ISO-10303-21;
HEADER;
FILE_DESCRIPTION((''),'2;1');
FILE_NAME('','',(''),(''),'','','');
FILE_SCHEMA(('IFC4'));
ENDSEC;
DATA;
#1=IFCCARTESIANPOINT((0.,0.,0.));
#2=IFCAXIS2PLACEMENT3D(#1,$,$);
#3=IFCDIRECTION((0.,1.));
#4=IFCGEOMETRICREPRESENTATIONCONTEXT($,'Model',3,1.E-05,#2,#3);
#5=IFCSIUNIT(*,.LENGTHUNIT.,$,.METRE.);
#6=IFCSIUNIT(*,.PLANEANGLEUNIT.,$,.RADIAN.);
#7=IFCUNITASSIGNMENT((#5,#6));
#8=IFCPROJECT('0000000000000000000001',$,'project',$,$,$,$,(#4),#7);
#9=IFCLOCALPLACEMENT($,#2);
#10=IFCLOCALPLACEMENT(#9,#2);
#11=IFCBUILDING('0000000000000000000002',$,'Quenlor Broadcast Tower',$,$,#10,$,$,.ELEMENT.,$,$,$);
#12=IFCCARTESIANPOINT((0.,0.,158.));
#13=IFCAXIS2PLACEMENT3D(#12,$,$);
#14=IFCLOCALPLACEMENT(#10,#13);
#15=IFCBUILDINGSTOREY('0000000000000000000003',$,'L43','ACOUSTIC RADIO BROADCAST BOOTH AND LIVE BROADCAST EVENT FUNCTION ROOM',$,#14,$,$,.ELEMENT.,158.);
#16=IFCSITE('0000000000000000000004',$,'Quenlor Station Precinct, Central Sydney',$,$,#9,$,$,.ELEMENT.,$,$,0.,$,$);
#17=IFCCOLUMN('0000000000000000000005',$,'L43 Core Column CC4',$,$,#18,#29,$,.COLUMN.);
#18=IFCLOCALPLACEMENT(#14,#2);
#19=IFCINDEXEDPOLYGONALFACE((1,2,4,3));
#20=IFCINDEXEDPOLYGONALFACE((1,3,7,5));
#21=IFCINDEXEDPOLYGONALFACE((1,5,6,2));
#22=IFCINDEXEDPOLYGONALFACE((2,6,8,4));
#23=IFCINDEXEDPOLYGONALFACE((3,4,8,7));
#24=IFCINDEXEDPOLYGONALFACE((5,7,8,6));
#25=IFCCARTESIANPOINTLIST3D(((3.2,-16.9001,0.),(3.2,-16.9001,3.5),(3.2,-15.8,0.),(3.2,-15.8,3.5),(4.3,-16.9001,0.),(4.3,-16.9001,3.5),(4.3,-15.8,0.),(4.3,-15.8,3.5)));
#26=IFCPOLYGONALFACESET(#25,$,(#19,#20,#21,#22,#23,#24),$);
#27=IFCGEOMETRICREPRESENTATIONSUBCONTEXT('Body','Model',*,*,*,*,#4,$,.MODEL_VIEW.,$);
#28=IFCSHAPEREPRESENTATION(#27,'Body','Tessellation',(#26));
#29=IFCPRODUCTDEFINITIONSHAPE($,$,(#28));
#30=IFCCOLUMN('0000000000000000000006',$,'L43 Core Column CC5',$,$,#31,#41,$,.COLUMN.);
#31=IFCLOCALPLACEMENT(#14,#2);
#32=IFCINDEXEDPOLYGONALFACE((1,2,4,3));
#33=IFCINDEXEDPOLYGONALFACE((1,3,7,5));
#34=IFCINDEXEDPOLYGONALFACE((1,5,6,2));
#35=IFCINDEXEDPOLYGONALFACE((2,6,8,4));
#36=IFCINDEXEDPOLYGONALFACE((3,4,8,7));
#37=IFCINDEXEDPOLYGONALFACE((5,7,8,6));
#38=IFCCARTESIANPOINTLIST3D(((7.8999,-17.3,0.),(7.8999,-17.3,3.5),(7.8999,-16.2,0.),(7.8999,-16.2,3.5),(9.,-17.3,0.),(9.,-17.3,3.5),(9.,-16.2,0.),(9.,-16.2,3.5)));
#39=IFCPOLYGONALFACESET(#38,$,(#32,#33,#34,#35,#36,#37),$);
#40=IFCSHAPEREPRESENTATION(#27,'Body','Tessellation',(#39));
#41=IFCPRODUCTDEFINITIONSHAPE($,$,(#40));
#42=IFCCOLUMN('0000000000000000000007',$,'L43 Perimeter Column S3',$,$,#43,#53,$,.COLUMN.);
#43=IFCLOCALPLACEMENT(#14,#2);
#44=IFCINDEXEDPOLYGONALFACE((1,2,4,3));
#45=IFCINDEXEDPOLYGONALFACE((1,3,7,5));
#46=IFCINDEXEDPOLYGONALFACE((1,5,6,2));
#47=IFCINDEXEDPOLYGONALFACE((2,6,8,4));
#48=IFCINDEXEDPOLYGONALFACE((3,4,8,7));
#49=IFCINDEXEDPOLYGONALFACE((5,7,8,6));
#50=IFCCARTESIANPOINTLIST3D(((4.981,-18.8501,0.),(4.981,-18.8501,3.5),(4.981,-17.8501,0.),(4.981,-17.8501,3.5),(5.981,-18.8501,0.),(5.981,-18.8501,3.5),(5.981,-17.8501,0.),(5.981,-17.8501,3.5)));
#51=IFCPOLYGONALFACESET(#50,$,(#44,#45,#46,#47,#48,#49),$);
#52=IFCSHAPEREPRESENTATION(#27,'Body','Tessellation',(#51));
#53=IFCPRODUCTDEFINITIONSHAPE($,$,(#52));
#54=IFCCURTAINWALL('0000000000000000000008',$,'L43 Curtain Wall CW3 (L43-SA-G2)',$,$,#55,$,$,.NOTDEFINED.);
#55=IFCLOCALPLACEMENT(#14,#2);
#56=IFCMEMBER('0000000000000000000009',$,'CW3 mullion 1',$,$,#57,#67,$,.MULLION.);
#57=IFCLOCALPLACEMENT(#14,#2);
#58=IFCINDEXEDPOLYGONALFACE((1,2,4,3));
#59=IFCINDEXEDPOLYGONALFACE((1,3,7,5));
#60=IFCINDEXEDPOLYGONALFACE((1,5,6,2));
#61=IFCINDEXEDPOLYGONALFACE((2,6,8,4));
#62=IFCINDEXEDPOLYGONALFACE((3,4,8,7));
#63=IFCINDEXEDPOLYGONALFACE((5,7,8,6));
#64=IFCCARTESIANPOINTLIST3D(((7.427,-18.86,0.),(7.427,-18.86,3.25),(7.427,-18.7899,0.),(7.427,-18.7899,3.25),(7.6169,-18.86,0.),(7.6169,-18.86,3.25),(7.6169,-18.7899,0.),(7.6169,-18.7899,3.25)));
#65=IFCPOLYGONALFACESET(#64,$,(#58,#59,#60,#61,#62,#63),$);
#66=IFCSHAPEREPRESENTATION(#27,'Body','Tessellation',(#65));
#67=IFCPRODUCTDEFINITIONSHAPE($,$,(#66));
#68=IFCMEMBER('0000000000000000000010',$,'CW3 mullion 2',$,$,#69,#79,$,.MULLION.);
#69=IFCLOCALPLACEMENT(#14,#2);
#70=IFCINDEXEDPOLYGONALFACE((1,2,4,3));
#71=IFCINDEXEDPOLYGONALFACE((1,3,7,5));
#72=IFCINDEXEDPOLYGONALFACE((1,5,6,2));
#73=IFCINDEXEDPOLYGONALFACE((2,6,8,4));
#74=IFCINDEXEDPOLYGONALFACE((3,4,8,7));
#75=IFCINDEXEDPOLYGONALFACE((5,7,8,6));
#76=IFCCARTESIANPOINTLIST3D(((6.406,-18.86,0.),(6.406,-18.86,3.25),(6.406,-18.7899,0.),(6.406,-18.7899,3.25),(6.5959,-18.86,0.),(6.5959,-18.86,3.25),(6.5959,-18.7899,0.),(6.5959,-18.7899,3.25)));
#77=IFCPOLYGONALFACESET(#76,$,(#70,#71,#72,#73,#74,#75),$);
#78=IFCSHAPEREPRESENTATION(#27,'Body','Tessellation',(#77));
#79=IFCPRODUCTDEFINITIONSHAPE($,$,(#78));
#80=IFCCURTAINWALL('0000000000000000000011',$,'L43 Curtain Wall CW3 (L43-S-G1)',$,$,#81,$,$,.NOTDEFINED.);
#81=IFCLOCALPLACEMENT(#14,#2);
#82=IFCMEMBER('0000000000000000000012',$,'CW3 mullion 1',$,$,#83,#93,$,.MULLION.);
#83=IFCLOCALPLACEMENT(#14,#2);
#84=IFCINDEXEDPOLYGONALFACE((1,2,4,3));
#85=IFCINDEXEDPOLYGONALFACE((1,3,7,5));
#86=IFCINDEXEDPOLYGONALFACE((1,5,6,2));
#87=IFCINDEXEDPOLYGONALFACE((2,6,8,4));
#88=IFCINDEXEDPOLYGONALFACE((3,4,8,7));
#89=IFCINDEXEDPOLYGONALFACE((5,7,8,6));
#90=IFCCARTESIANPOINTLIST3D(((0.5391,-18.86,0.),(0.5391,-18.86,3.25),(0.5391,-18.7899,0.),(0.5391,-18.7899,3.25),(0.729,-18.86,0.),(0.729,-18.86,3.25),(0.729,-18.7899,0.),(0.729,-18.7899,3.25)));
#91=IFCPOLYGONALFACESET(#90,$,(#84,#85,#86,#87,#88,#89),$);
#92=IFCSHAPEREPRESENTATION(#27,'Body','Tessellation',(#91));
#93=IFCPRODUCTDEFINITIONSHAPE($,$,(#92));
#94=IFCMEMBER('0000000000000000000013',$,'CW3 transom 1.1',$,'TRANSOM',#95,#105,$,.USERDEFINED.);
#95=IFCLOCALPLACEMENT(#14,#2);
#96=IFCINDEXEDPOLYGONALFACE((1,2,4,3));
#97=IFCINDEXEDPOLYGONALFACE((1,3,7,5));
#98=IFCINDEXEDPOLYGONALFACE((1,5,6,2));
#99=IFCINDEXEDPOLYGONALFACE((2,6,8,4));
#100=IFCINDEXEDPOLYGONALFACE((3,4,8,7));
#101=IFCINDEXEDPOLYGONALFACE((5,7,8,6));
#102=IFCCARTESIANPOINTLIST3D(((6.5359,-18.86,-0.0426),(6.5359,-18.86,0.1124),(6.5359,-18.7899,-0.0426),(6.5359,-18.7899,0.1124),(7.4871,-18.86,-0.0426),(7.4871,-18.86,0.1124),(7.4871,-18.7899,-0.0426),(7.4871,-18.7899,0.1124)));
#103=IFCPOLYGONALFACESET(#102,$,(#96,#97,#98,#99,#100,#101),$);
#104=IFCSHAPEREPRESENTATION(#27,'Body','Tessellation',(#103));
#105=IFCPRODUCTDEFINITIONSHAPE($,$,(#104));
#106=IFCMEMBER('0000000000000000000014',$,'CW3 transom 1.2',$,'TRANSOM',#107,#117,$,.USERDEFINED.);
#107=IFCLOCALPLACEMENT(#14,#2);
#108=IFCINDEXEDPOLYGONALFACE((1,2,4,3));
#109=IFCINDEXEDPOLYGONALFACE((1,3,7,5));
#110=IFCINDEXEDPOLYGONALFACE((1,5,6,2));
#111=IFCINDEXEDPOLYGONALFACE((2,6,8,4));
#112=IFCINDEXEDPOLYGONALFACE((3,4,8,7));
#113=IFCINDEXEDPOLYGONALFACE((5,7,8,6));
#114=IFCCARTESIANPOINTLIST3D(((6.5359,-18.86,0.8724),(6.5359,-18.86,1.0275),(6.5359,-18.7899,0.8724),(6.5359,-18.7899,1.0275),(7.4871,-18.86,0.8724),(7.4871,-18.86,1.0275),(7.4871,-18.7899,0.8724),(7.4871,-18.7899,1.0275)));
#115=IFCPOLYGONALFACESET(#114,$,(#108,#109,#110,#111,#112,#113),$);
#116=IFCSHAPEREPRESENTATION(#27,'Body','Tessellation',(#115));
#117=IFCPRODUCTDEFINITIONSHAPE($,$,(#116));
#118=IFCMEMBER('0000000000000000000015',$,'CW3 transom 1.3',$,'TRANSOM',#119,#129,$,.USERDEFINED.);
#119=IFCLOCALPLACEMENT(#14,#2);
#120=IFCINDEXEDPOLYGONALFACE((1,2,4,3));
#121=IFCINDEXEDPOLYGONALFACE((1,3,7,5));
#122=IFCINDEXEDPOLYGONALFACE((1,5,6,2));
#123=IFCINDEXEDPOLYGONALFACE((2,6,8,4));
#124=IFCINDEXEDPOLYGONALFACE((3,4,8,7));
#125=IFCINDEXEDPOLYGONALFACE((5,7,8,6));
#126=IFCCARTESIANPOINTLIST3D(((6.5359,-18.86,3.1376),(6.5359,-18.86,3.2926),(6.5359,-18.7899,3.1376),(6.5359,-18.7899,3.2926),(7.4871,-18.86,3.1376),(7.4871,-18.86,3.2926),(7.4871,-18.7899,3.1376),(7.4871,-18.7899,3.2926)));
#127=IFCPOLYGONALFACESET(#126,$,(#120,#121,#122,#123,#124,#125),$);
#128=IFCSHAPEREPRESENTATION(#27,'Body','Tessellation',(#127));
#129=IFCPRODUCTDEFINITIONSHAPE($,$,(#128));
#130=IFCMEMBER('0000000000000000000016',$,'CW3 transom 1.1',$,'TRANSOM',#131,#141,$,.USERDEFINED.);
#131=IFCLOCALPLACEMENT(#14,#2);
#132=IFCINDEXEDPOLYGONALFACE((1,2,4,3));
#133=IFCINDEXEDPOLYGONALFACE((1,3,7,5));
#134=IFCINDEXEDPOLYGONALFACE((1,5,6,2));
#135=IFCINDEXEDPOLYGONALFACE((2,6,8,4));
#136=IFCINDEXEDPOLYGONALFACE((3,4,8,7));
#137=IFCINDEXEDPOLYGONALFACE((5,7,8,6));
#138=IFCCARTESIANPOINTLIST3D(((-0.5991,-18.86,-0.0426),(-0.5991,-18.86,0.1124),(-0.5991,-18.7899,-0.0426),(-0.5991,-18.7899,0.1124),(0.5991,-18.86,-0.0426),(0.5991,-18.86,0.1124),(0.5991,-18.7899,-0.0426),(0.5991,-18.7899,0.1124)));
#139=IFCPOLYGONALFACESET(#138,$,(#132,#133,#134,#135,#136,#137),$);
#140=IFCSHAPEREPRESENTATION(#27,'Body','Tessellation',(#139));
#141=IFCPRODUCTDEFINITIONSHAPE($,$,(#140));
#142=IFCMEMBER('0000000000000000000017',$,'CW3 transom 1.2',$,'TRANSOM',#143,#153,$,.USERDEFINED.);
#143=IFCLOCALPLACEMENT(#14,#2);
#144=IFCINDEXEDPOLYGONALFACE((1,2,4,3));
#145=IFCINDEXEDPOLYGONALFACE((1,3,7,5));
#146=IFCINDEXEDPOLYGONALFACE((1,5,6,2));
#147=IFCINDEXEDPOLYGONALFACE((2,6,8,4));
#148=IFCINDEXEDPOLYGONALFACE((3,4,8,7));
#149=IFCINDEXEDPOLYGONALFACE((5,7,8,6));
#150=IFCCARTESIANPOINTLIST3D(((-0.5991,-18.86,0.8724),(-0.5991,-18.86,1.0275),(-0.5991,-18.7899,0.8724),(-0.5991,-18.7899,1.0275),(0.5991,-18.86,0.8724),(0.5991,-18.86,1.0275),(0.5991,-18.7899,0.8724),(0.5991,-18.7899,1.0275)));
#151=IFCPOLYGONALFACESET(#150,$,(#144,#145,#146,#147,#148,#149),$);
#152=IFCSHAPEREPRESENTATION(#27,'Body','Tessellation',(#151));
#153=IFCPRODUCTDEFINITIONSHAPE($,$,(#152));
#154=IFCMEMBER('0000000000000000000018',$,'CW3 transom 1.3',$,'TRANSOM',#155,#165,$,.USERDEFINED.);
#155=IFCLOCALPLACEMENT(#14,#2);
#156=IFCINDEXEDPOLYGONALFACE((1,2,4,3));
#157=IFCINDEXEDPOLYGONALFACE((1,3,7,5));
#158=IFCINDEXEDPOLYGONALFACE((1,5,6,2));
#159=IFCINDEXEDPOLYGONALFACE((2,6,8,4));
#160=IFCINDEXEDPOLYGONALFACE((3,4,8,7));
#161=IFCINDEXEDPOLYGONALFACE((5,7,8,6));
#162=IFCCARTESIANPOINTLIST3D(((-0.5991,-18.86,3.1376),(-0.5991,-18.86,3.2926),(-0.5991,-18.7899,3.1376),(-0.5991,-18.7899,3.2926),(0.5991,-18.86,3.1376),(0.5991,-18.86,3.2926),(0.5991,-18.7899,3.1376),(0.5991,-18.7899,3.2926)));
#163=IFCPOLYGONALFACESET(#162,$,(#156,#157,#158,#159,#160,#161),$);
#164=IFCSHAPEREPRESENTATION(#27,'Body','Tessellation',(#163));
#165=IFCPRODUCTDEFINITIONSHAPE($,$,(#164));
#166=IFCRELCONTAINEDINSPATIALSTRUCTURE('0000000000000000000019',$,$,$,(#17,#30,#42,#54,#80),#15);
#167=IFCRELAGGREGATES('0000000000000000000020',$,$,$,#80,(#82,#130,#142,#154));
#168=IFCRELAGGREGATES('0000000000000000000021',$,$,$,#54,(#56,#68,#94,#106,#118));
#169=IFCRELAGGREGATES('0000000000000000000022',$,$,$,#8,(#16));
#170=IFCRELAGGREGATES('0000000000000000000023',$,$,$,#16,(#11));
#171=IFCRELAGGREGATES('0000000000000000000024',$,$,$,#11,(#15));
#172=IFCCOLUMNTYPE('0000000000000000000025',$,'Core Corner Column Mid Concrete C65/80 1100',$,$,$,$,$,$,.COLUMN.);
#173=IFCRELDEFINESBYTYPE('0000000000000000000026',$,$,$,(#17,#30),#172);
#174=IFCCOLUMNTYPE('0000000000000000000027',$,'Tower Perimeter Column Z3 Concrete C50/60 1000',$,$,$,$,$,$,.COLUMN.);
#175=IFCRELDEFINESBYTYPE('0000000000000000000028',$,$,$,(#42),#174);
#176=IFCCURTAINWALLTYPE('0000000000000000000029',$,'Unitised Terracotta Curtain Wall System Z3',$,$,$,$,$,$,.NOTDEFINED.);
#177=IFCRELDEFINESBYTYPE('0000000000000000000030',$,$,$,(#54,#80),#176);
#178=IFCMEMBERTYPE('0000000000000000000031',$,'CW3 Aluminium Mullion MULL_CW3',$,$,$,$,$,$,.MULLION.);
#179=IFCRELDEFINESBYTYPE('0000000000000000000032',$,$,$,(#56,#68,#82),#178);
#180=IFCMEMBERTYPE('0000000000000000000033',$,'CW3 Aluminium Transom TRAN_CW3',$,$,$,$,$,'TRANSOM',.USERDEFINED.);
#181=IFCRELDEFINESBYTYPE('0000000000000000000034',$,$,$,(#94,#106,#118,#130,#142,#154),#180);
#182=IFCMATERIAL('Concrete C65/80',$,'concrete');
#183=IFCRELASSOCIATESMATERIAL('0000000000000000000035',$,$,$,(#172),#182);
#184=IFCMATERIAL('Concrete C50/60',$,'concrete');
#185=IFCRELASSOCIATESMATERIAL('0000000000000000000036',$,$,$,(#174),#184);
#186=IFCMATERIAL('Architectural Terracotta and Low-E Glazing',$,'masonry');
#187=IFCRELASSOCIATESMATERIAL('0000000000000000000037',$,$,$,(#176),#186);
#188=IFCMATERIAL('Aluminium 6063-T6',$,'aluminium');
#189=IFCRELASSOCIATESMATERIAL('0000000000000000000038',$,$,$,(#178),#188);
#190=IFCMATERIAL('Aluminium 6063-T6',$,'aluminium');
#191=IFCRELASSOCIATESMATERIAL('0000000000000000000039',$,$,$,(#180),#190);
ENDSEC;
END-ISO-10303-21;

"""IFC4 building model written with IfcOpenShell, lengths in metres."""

from ifc_helpers import new_model, si_unit, direction, frame, origin, origin_2d, place, context, subcontext, project, spatial, rectangle, extrude, material, material_profile, profile_set, type_object, element, aggregate, save


model = new_model("IFC4")

# Units and contexts
model_context = context("Model", 3, precision=1e-05, world=origin(), true_north=direction((0.0, 1.0)))
body_context = subcontext(model_context, "Body", "Model", "MODEL_VIEW")
ifc_project = project(units=[si_unit("LENGTHUNIT", "METRE"), si_unit("PLANEANGLEUNIT", "RADIAN")], contexts=[model_context])

# Site, building, storey
site_placement = place(None, origin())
site = spatial("IfcSite", under=ifc_project, at=site_placement, Name="Quenlor Station Precinct, Central Sydney", CompositionType="ELEMENT", RefElevation=0.0)
building_placement = place(site_placement, origin())
building = spatial("IfcBuilding", under=site, at=building_placement, Name="Quenlor Broadcast Tower", CompositionType="ELEMENT")
storey_placement = place(building_placement, frame((0.0, 0.0, 158.0)))
storey = spatial("IfcBuildingStorey", under=building, at=storey_placement, Name="L43", Description="ACOUSTIC RADIO BROADCAST BOOTH AND LIVE BROADCAST EVENT FUNCTION ROOM", CompositionType="ELEMENT", Elevation=158.0)

# Columns
ifc_material_1 = material(Name="Concrete C65/80", Category="concrete")
ifc_material_profile_1 = material_profile(ifc_material_1, rectangle(XDim=1.1001, YDim=1.1001, at=origin_2d()))
ifc_profile_set_1 = profile_set([ifc_material_profile_1], Name="Concrete C65/80 RC1100x1100")
column_type_1 = type_object("IfcColumnType", Name="Core Corner Column Mid Concrete C65/80 1100", PredefinedType="COLUMN", material=ifc_profile_set_1)
for number, where, z_axis, x_axis, name in (
    (1, (3.75, -16.3501, 0.0), (0.0, 0.0, 1.0), (1.0, 0.0, 0.0), "L43 Core Column CC4"),
    (2, (8.45, -16.75, 0.0), (0.0, 0.0, 1.0), (1.0, 0.0, 0.0), "L43 Core Column CC5"),
):
    element("IfcColumn", number, at=place(storey_placement, frame(where, z_axis=z_axis, x_axis=x_axis)), inside=storey, type_object=column_type_1, Name=name, PredefinedType="COLUMN", context=body_context, shape_type="SweptSolid", body=[
        extrude(rectangle(XDim=1.1001, YDim=1.1001, at=origin_2d()), origin(), (0.0, 0.0, 1.0), 3.5),
    ])
ifc_material_2 = material(Name="Concrete C50/60", Category="concrete")
ifc_material_profile_2 = material_profile(ifc_material_2, rectangle(XDim=1.0, YDim=1.0, at=origin_2d()))
ifc_profile_set_2 = profile_set([ifc_material_profile_2], Name="Concrete C50/60 RC1000x1000")
column_type_2 = type_object("IfcColumnType", Name="Tower Perimeter Column Z3 Concrete C50/60 1000", PredefinedType="COLUMN", material=ifc_profile_set_2)
column_placement = place(storey_placement, frame((5.481, -18.3501, 0.0), z_axis=(0.0, 0.0, 1.0), x_axis=(0.0, 1.0, 0.0)))
element("IfcColumn", 3, at=column_placement, inside=storey, type_object=column_type_2, Name="L43 Perimeter Column S3", PredefinedType="COLUMN", context=body_context, shape_type="SweptSolid", body=[
    extrude(rectangle(XDim=1.0, YDim=1.0, at=origin_2d()), origin(), (0.0, 0.0, 1.0), 3.5),
])

# Curtain wall, members
ifc_material_3 = material(Name="Architectural Terracotta and Low-E Glazing", Category="masonry")
curtain_wall_type = type_object("IfcCurtainWallType", Name="Unitised Terracotta Curtain Wall System Z3", PredefinedType="NOTDEFINED", material=ifc_material_3)
curtain_wall_1_placement = place(storey_placement, origin())
curtain_wall_1 = element("IfcCurtainWall", 4, at=curtain_wall_1_placement, inside=storey, type_object=curtain_wall_type, Name="L43 Curtain Wall CW3 (L43-SA-G2)", PredefinedType="NOTDEFINED")
ifc_material_4 = material(Name="Aluminium 6063-T6", Category="aluminium")
ifc_material_profile_3 = material_profile(ifc_material_4, rectangle(XDim=0.0701, YDim=0.1899, at=origin_2d()))
ifc_profile_set_3 = profile_set([ifc_material_profile_3], Name="Aluminium 6063-T6 MULL70x190")
member_type_1 = type_object("IfcMemberType", Name="CW3 Aluminium Mullion MULL_CW3", PredefinedType="MULLION", material=ifc_profile_set_3)
member_1_placement = place(storey_placement, frame((7.522, -18.825, 0.0), z_axis=(0.0, 0.0, 1.0), x_axis=(0.0, -1.0, 0.0)))
member_1 = element("IfcMember", 5, at=member_1_placement, type_object=member_type_1, Name="CW3 mullion 1", PredefinedType="MULLION", context=body_context, shape_type="SweptSolid", body=[
    extrude(rectangle(XDim=0.0701, YDim=0.1899, at=origin_2d()), origin(), (0.0, 0.0, 1.0), 3.25),
])
member_2_placement = place(storey_placement, frame((6.501, -18.825, 0.0), z_axis=(0.0, 0.0, 1.0), x_axis=(0.0, -1.0, 0.0)))
member_2 = element("IfcMember", 6, at=member_2_placement, type_object=member_type_1, Name="CW3 mullion 2", PredefinedType="MULLION", context=body_context, shape_type="SweptSolid", body=[
    extrude(rectangle(XDim=0.0701, YDim=0.1899, at=origin_2d()), origin(), (0.0, 0.0, 1.0), 3.25),
])

# Curtain wall, member
curtain_wall_2_placement = place(storey_placement, origin())
curtain_wall_2 = element("IfcCurtainWall", 7, at=curtain_wall_2_placement, inside=storey, type_object=curtain_wall_type, Name="L43 Curtain Wall CW3 (L43-S-G1)", PredefinedType="NOTDEFINED")
member_3_placement = place(storey_placement, frame((0.634, -18.825, 0.0), z_axis=(0.0, 0.0, 1.0), x_axis=(0.0, -1.0, 0.0)))
member_3 = element("IfcMember", 8, at=member_3_placement, type_object=member_type_1, Name="CW3 mullion 1", PredefinedType="MULLION", context=body_context, shape_type="SweptSolid", body=[
    extrude(rectangle(XDim=0.0701, YDim=0.1899, at=origin_2d()), origin(), (0.0, 0.0, 1.0), 3.25),
])

# Members
ifc_material_5 = material(Name="Aluminium 6063-T6", Category="aluminium")
ifc_material_profile_4 = material_profile(ifc_material_5, rectangle(XDim=0.0701, YDim=0.155, at=origin_2d()))
ifc_profile_set_4 = profile_set([ifc_material_profile_4], Name="Aluminium 6063-T6 TRAN70x155")
member_type_2 = type_object("IfcMemberType", Name="CW3 Aluminium Transom TRAN_CW3", ElementType="TRANSOM", PredefinedType="USERDEFINED", material=ifc_profile_set_4)
member_4_placement = place(storey_placement, frame((7.4871, -18.825, 0.0349), z_axis=(-1.0, 0.0, 0.0), x_axis=(0.0, -1.0, 0.0)))
member_4 = element("IfcMember", 9, at=member_4_placement, type_object=member_type_2, Name="CW3 transom 1.1", ObjectType="TRANSOM", PredefinedType="USERDEFINED", context=body_context, shape_type="SweptSolid", body=[
    extrude(rectangle(XDim=0.0701, YDim=0.155, at=origin_2d()), origin(), (0.0, 0.0, 1.0), 0.9512),
])
member_5_placement = place(storey_placement, frame((7.4871, -18.825, 0.95), z_axis=(-1.0, 0.0, 0.0), x_axis=(0.0, -1.0, 0.0)))
member_5 = element("IfcMember", 10, at=member_5_placement, type_object=member_type_2, Name="CW3 transom 1.2", ObjectType="TRANSOM", PredefinedType="USERDEFINED", context=body_context, shape_type="SweptSolid", body=[
    extrude(rectangle(XDim=0.0701, YDim=0.155, at=origin_2d()), origin(), (0.0, 0.0, 1.0), 0.9512),
])
member_6_placement = place(storey_placement, frame((7.4871, -18.825, 3.2151), z_axis=(-1.0, 0.0, 0.0), x_axis=(0.0, -1.0, 0.0)))
member_6 = element("IfcMember", 11, at=member_6_placement, type_object=member_type_2, Name="CW3 transom 1.3", ObjectType="TRANSOM", PredefinedType="USERDEFINED", context=body_context, shape_type="SweptSolid", body=[
    extrude(rectangle(XDim=0.0701, YDim=0.155, at=origin_2d()), origin(), (0.0, 0.0, 1.0), 0.9512),
])
member_7_placement = place(storey_placement, frame((0.5991, -18.825, 0.0349), z_axis=(-1.0, 0.0, 0.0), x_axis=(0.0, -1.0, 0.0)))
member_7 = element("IfcMember", 12, at=member_7_placement, type_object=member_type_2, Name="CW3 transom 1.1", ObjectType="TRANSOM", PredefinedType="USERDEFINED", context=body_context, shape_type="SweptSolid", body=[
    extrude(rectangle(XDim=0.0701, YDim=0.155, at=origin_2d()), origin(), (0.0, 0.0, 1.0), 1.1982),
])
member_8_placement = place(storey_placement, frame((0.5991, -18.825, 0.95), z_axis=(-1.0, 0.0, 0.0), x_axis=(0.0, -1.0, 0.0)))
member_8 = element("IfcMember", 13, at=member_8_placement, type_object=member_type_2, Name="CW3 transom 1.2", ObjectType="TRANSOM", PredefinedType="USERDEFINED", context=body_context, shape_type="SweptSolid", body=[
    extrude(rectangle(XDim=0.0701, YDim=0.155, at=origin_2d()), origin(), (0.0, 0.0, 1.0), 1.1982),
])
member_9_placement = place(storey_placement, frame((0.5991, -18.825, 3.2151), z_axis=(-1.0, 0.0, 0.0), x_axis=(0.0, -1.0, 0.0)))
member_9 = element("IfcMember", 14, at=member_9_placement, type_object=member_type_2, Name="CW3 transom 1.3", ObjectType="TRANSOM", PredefinedType="USERDEFINED", context=body_context, shape_type="SweptSolid", body=[
    extrude(rectangle(XDim=0.0701, YDim=0.155, at=origin_2d()), origin(), (0.0, 0.0, 1.0), 1.1982),
])
aggregate(curtain_wall_2, [member_3, member_7, member_8, member_9])

aggregate(curtain_wall_1, [member_1, member_2, member_4, member_5, member_6])

save(model, "model.ifc")
